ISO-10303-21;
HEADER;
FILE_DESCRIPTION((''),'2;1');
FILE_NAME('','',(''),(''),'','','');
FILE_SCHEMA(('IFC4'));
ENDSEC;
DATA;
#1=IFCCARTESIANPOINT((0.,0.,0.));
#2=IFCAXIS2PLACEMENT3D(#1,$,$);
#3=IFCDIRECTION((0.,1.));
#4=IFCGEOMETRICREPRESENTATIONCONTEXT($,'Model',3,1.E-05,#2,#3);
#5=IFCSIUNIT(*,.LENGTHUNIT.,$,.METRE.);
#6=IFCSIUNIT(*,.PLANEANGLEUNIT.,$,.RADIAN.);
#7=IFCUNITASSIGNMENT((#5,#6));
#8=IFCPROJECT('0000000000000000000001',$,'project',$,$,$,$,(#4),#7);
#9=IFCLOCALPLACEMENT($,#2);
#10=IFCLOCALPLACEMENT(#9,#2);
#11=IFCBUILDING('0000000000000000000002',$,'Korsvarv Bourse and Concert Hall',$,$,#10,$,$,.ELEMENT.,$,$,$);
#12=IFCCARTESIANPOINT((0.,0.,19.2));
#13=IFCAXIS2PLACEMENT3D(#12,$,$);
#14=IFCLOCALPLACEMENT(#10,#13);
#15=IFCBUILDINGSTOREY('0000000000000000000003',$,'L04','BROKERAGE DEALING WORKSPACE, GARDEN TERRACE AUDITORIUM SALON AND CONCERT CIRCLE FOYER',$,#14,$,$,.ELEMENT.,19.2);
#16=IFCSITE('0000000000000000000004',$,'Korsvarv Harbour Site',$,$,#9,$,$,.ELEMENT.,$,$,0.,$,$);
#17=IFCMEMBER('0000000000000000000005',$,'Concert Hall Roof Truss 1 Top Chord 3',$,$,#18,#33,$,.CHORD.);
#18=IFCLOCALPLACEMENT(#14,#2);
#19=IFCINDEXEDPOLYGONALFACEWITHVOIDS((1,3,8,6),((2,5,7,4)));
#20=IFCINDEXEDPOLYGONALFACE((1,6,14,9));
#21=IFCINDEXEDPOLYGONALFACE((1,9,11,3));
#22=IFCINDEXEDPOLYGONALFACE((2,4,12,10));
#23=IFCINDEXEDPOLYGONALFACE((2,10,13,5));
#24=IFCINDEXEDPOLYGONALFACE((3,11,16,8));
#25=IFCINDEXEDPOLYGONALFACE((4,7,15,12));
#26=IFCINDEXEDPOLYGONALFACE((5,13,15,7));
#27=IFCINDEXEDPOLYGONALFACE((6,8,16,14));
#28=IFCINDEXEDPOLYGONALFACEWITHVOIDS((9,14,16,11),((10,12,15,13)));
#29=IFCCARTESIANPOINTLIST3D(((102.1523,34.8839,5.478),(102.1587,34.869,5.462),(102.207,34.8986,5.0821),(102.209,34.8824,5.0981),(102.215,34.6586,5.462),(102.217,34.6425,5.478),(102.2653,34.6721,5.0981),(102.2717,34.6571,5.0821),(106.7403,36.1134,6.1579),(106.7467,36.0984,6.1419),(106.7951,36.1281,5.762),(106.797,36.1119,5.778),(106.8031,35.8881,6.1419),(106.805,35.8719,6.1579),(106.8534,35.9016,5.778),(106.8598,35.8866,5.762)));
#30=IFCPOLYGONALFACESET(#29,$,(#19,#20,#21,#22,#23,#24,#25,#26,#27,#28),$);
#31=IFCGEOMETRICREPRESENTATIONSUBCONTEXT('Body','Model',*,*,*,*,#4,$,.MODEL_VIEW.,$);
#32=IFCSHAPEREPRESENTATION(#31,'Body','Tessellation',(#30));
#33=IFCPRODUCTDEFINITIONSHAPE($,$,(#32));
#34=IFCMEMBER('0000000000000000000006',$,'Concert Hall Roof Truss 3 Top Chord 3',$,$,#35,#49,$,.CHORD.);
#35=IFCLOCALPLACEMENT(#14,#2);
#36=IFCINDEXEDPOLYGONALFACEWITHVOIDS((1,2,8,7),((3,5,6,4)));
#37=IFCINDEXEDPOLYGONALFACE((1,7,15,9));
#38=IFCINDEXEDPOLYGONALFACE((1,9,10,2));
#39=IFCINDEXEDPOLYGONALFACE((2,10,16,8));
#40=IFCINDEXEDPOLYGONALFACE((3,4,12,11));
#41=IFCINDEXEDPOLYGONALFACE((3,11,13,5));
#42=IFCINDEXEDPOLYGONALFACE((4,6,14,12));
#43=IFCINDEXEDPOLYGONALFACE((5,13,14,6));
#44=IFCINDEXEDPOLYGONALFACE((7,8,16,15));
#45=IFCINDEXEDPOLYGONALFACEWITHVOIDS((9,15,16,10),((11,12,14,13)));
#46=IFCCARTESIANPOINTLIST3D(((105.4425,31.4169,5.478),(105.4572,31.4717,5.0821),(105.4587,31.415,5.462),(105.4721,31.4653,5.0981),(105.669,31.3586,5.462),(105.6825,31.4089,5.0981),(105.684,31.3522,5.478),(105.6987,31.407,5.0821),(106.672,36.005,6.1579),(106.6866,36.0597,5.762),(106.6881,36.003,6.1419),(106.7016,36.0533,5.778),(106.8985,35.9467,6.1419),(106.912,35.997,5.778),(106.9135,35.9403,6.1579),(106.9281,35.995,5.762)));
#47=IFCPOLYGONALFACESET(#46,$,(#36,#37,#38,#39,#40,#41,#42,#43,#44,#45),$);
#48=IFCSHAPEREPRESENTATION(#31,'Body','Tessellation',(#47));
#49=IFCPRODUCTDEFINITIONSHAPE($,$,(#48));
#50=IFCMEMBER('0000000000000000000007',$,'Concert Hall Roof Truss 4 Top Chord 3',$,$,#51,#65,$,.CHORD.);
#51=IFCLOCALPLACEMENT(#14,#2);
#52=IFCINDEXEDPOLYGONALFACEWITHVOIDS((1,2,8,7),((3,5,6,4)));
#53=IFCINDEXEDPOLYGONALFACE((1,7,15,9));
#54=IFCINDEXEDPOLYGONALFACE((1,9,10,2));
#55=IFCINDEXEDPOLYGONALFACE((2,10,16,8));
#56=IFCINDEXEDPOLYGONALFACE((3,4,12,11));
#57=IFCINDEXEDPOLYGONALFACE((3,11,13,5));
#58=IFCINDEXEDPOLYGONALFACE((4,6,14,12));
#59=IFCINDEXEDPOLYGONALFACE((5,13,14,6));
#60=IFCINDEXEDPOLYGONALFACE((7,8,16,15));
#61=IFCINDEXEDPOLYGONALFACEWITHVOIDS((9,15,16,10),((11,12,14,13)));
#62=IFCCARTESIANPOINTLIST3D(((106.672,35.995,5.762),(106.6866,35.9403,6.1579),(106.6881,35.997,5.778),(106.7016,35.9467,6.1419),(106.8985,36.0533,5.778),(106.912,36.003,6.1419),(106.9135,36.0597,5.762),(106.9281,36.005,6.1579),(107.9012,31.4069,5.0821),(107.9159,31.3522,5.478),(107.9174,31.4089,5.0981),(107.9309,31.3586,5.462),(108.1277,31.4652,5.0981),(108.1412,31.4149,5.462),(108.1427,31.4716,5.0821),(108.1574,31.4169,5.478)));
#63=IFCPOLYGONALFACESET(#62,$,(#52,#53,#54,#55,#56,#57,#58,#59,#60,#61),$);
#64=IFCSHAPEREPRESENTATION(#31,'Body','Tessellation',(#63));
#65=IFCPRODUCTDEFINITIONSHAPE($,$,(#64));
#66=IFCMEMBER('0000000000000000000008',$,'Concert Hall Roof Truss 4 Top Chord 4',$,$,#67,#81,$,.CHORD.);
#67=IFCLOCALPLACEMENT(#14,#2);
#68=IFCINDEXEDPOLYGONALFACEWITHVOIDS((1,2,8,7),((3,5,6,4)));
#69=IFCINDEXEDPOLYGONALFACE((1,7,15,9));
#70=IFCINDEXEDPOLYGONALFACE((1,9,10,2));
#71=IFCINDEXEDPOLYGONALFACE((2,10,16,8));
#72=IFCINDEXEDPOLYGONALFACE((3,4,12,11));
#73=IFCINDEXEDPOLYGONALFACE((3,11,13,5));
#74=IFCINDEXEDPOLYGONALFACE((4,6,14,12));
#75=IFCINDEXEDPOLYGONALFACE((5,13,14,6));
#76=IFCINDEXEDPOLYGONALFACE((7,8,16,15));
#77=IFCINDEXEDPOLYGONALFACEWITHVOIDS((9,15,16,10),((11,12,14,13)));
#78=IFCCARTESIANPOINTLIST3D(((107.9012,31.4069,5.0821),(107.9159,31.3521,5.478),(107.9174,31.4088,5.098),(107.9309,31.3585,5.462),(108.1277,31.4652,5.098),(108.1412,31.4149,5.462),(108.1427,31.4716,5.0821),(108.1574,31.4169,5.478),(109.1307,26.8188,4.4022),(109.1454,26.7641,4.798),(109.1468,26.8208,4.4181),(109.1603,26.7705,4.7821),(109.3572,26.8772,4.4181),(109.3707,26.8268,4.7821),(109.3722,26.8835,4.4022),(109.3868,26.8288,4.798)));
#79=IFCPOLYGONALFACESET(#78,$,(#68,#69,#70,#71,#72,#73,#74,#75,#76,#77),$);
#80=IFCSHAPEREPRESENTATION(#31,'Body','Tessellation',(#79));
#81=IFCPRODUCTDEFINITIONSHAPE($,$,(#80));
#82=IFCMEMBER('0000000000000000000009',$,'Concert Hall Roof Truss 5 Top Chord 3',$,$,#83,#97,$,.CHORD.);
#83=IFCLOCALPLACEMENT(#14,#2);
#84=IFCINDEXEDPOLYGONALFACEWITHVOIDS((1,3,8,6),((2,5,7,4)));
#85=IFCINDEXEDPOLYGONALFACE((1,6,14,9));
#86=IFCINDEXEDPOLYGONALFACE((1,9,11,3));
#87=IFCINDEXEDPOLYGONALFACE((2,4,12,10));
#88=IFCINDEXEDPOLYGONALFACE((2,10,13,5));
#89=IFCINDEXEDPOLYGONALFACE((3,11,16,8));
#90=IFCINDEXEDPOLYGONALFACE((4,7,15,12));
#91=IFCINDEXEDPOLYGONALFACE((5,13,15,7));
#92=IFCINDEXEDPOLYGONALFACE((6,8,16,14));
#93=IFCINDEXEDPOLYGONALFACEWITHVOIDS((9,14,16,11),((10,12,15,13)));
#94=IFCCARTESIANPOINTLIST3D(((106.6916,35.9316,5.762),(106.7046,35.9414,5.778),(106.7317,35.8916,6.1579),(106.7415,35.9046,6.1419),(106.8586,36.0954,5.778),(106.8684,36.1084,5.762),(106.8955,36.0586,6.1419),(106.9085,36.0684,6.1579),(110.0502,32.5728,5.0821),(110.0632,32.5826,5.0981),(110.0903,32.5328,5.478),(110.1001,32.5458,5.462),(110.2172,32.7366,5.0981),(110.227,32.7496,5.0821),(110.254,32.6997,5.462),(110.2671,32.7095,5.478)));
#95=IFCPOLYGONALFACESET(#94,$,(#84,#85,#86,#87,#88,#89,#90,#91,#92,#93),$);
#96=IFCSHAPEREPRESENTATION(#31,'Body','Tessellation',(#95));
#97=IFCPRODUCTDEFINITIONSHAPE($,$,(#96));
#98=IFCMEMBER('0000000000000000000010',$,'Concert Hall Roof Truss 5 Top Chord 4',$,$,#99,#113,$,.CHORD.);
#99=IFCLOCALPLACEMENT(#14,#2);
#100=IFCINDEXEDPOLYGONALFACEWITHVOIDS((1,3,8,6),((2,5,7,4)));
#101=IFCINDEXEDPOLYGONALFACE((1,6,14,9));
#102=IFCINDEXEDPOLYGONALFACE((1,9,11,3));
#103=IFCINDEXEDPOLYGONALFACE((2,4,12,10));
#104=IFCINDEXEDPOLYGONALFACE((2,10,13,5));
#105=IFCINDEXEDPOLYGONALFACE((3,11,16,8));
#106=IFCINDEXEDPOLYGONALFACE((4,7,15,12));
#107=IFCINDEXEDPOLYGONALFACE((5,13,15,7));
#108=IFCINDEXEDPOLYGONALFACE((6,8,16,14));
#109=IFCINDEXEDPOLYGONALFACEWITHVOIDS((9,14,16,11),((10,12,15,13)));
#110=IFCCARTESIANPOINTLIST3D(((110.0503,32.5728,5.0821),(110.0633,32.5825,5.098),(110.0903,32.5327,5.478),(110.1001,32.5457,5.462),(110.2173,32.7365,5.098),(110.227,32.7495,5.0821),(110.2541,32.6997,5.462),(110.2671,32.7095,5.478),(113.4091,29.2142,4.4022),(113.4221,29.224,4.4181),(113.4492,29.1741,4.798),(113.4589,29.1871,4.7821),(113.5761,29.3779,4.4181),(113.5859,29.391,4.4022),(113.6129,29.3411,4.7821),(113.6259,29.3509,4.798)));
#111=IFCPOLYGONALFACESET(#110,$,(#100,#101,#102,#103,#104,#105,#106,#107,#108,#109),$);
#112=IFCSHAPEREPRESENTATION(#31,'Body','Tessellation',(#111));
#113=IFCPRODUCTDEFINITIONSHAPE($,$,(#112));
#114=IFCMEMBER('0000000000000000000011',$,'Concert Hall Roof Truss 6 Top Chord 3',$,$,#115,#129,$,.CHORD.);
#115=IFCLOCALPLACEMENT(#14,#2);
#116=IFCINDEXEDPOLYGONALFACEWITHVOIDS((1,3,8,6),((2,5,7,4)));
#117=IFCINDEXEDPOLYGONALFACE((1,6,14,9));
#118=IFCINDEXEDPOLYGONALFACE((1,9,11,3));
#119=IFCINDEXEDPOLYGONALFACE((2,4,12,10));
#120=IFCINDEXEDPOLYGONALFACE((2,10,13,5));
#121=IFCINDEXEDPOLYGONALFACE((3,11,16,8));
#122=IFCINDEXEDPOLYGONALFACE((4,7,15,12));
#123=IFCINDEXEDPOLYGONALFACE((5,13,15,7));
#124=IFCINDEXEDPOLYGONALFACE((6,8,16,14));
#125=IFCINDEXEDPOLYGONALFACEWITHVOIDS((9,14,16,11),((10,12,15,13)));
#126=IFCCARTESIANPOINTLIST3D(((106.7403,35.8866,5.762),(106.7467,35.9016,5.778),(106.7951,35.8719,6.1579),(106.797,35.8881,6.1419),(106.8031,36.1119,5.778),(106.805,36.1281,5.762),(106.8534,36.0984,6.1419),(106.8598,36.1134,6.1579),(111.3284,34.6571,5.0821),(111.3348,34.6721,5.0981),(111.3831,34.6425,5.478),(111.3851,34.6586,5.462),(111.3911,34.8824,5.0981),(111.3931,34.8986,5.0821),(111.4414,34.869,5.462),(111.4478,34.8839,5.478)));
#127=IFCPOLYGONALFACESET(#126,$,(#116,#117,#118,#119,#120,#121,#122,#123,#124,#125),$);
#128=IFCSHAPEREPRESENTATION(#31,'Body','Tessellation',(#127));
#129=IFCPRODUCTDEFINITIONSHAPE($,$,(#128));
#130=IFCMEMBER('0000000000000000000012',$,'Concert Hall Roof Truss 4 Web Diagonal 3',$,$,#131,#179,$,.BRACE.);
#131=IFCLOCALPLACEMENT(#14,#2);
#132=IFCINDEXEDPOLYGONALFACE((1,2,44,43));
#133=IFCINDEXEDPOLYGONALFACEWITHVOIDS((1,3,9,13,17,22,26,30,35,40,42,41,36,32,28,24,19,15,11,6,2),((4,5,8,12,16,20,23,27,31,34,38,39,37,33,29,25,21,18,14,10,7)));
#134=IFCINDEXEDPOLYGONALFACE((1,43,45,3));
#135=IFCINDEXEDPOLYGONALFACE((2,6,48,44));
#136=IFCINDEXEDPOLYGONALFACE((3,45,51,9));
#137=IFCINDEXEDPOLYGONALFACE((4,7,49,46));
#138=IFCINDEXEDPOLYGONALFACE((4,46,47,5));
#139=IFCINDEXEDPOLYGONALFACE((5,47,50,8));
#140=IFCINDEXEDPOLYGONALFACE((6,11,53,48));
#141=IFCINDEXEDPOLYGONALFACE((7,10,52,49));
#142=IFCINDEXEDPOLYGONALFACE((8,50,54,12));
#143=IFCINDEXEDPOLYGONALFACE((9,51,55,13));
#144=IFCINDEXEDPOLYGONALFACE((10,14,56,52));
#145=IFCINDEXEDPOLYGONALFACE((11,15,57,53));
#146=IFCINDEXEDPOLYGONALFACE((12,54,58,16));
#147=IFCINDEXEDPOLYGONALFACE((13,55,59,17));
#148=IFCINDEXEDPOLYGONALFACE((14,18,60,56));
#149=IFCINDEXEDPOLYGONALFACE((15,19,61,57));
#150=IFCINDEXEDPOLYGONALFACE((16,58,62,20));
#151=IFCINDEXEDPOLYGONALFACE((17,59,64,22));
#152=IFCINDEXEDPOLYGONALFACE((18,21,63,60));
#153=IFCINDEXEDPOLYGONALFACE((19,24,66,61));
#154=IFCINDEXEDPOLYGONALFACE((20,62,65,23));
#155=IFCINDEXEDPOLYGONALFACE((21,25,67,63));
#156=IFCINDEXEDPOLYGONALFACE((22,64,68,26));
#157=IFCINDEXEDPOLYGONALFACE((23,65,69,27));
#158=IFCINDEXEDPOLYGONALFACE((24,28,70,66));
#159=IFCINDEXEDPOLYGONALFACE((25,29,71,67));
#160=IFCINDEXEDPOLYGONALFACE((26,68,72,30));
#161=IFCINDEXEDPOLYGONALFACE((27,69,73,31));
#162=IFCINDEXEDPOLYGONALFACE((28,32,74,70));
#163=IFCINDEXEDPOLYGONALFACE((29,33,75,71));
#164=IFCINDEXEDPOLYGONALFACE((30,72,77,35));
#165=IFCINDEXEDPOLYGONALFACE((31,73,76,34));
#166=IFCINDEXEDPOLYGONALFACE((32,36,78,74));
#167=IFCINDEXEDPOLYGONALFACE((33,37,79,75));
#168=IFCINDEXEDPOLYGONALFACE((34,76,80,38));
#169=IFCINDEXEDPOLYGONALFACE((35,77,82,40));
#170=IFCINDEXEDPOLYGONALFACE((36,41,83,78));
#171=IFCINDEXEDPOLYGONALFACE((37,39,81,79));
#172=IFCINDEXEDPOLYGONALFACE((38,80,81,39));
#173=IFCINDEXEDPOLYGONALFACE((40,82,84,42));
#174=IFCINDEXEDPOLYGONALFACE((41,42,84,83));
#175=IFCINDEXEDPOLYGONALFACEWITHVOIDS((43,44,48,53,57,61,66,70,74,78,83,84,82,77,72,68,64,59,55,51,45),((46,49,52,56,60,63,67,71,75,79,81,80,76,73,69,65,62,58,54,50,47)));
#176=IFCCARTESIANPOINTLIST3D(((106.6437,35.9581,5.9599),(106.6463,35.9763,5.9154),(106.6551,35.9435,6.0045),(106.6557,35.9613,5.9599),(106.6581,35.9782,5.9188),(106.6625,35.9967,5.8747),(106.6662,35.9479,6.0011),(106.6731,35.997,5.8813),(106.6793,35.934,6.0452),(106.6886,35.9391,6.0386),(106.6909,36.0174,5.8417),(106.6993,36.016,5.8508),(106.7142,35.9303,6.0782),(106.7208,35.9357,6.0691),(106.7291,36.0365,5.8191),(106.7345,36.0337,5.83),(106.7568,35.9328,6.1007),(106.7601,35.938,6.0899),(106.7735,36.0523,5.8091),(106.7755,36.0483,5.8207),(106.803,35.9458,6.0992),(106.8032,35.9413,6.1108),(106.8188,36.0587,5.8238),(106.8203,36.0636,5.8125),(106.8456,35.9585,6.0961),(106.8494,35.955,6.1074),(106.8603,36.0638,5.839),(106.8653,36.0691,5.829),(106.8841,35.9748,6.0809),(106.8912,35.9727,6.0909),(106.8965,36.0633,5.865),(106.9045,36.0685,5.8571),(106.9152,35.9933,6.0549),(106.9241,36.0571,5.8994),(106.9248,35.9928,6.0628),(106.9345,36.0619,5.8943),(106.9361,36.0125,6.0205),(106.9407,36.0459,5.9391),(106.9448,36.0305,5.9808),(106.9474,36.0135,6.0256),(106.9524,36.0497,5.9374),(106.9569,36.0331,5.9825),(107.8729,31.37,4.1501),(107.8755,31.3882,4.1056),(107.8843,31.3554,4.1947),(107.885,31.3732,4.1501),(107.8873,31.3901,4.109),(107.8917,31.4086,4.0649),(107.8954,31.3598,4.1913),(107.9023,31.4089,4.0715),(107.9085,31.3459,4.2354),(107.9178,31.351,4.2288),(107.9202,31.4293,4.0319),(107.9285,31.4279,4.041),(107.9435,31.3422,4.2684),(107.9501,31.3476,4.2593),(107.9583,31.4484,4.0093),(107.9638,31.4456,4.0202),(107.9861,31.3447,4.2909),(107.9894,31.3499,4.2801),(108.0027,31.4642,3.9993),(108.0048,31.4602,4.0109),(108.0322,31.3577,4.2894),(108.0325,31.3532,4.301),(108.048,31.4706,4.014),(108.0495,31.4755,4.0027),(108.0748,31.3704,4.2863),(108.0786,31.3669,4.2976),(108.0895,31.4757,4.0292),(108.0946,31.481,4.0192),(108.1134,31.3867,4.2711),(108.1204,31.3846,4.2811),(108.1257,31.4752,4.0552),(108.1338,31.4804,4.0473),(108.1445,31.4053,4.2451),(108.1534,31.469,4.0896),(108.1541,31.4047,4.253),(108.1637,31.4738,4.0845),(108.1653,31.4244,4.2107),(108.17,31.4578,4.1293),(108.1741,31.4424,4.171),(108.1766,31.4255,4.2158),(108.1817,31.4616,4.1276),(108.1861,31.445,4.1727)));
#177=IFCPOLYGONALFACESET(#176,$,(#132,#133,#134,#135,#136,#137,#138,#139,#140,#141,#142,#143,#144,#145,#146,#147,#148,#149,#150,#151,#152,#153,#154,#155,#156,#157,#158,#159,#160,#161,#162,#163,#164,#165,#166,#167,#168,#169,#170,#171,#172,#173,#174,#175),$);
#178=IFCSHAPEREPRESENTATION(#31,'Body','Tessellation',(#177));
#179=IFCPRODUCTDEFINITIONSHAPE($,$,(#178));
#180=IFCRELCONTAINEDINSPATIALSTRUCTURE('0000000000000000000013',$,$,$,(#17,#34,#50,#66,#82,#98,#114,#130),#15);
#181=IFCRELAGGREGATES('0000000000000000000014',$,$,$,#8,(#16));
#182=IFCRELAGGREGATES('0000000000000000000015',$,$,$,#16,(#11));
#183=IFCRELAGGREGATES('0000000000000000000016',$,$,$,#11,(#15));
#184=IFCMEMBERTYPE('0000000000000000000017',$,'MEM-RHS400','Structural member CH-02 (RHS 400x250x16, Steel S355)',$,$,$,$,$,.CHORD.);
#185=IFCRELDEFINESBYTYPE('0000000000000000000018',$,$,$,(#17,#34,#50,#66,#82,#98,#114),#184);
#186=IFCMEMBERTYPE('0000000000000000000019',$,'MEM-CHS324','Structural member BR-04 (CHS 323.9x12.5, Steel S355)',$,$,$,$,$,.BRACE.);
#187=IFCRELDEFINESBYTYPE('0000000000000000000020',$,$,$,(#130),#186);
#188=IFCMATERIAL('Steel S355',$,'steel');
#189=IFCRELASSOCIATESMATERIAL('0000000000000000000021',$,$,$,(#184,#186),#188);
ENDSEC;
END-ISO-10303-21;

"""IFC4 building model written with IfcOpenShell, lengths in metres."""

from ifc_helpers import new_model, si_unit, direction, frame, origin, origin_2d, place, context, subcontext, project, spatial, hollow_rectangle, hollow_circle, extrude, source, transform, mapped, material, material_profile, profile_set, type_object, element, save


model = new_model("IFC4")

# Units and contexts
model_context = context("Model", 3, precision=1e-05, world=origin(), true_north=direction((0.0, 1.0)))
body_context = subcontext(model_context, "Body", "Model", "MODEL_VIEW")
ifc_project = project(units=[si_unit("LENGTHUNIT", "METRE"), si_unit("PLANEANGLEUNIT", "RADIAN")], contexts=[model_context])

# Site, building, storey
site_placement = place(None, origin())
site = spatial("IfcSite", under=ifc_project, at=site_placement, Name="Korsvarv Harbour Site", CompositionType="ELEMENT", RefElevation=0.0)
building_placement = place(site_placement, origin())
building = spatial("IfcBuilding", under=site, at=building_placement, Name="Korsvarv Bourse and Concert Hall", CompositionType="ELEMENT")
storey_placement = place(building_placement, frame((0.0, 0.0, 19.2)))
storey = spatial("IfcBuildingStorey", under=building, at=storey_placement, Name="L04", Description="BROKERAGE DEALING WORKSPACE, GARDEN TERRACE AUDITORIUM SALON AND CONCERT CIRCLE FOYER", CompositionType="ELEMENT", Elevation=19.2)

# Members
ifc_material = material(Name="Steel S355", Category="steel")
ifc_material_profile_1 = material_profile(ifc_material, hollow_rectangle(XDim=0.25, YDim=0.3999, WallThickness=0.0161, at=origin_2d()), Name="RHS 400x250x16")
ifc_profile_set_1 = profile_set([ifc_material_profile_1], Name="Steel S355")
member_type_1 = type_object("IfcMemberType", Name="MEM-RHS400", Description="Structural member CH-02 (RHS 400x250x16, Steel S355)", PredefinedType="CHORD", material=ifc_profile_set_1)
shared_shape_1 = source(origin(), body_context, "Body", "SweptSolid", [
    extrude(hollow_rectangle(XDim=0.25, YDim=0.3999, WallThickness=0.0161, at=origin_2d()), origin(), (0.0, 0.0, 1.0), 4.7983),
])
for number, where, z_axis, x_axis, name in (
    (1, (106.8, 36.0, 5.96), (-0.956174, -0.256228, -0.141699), (0.25884, -0.96592, 0.0), "Concert Hall Roof Truss 1 Top Chord 3"),
    (2, (106.8, 36.0, 5.96), (-0.256228, -0.956174, -0.141699), (0.96592, -0.25884, 0.0), "Concert Hall Roof Truss 3 Top Chord 3"),
    (3, (106.8, 36.0, 5.96), (0.25618, -0.956186, -0.141701), (0.965933, 0.258792, 0.0), "Concert Hall Roof Truss 4 Top Chord 3"),
    (4, (108.0293, 31.4119, 5.28), (0.256228, -0.956174, -0.141699), (0.96592, 0.25884, 0.0), "Concert Hall Roof Truss 4 Top Chord 4"),
    (5, (106.8, 36.0, 5.96), (0.699947, -0.699997, -0.141699), (0.707132, 0.707081, 0.0), "Concert Hall Roof Truss 5 Top Chord 3"),
    (6, (110.1587, 32.6411, 5.28), (0.699997, -0.699947, -0.141699), (0.707081, 0.707132, 0.0), "Concert Hall Roof Truss 5 Top Chord 4"),
    (7, (106.8, 36.0, 5.96), (0.956174, -0.256228, -0.141699), (0.25884, 0.96592, 0.0), "Concert Hall Roof Truss 6 Top Chord 3"),
):
    element("IfcMember", number, at=place(storey_placement, frame(where, z_axis=z_axis, x_axis=x_axis)), inside=storey, type_object=member_type_1, Name=name, PredefinedType="CHORD", context=body_context, shape_type="MappedRepresentation", body=[
        mapped(shared_shape_1, transform((0.0, 0.0, 0.0), scale=1.0)),
    ])
ifc_material_profile_2 = material_profile(ifc_material, hollow_circle(Radius=0.1619, WallThickness=0.0125, at=origin_2d()), Name="CHS 323.9x12.5")
ifc_profile_set_2 = profile_set([ifc_material_profile_2], Name="Steel S355")
member_type_2 = type_object("IfcMemberType", Name="MEM-CHS324", Description="Structural member BR-04 (CHS 323.9x12.5, Steel S355)", PredefinedType="BRACE", material=ifc_profile_set_2)
shared_shape_2 = source(origin(), body_context, "Body", "SweptSolid", [
    extrude(hollow_circle(Radius=0.1619, WallThickness=0.0125, at=origin_2d()), origin(), (0.0, 0.0, 1.0), 5.083),
])
for number, where, z_axis, x_axis, name in (
    (8, (108.0293, 31.4119, 4.1501), (-0.241832, 0.902633, 0.356048), (-0.965933, -0.258792, 0.0), "Concert Hall Roof Truss 4 Web Diagonal 3"),
):
    element("IfcMember", number, at=place(storey_placement, frame(where, z_axis=z_axis, x_axis=x_axis)), inside=storey, type_object=member_type_2, Name=name, PredefinedType="BRACE", context=body_context, shape_type="MappedRepresentation", body=[
        mapped(shared_shape_2, transform((0.0, 0.0, 0.0), scale=1.0)),
    ])

save(model, "model.ifc")
